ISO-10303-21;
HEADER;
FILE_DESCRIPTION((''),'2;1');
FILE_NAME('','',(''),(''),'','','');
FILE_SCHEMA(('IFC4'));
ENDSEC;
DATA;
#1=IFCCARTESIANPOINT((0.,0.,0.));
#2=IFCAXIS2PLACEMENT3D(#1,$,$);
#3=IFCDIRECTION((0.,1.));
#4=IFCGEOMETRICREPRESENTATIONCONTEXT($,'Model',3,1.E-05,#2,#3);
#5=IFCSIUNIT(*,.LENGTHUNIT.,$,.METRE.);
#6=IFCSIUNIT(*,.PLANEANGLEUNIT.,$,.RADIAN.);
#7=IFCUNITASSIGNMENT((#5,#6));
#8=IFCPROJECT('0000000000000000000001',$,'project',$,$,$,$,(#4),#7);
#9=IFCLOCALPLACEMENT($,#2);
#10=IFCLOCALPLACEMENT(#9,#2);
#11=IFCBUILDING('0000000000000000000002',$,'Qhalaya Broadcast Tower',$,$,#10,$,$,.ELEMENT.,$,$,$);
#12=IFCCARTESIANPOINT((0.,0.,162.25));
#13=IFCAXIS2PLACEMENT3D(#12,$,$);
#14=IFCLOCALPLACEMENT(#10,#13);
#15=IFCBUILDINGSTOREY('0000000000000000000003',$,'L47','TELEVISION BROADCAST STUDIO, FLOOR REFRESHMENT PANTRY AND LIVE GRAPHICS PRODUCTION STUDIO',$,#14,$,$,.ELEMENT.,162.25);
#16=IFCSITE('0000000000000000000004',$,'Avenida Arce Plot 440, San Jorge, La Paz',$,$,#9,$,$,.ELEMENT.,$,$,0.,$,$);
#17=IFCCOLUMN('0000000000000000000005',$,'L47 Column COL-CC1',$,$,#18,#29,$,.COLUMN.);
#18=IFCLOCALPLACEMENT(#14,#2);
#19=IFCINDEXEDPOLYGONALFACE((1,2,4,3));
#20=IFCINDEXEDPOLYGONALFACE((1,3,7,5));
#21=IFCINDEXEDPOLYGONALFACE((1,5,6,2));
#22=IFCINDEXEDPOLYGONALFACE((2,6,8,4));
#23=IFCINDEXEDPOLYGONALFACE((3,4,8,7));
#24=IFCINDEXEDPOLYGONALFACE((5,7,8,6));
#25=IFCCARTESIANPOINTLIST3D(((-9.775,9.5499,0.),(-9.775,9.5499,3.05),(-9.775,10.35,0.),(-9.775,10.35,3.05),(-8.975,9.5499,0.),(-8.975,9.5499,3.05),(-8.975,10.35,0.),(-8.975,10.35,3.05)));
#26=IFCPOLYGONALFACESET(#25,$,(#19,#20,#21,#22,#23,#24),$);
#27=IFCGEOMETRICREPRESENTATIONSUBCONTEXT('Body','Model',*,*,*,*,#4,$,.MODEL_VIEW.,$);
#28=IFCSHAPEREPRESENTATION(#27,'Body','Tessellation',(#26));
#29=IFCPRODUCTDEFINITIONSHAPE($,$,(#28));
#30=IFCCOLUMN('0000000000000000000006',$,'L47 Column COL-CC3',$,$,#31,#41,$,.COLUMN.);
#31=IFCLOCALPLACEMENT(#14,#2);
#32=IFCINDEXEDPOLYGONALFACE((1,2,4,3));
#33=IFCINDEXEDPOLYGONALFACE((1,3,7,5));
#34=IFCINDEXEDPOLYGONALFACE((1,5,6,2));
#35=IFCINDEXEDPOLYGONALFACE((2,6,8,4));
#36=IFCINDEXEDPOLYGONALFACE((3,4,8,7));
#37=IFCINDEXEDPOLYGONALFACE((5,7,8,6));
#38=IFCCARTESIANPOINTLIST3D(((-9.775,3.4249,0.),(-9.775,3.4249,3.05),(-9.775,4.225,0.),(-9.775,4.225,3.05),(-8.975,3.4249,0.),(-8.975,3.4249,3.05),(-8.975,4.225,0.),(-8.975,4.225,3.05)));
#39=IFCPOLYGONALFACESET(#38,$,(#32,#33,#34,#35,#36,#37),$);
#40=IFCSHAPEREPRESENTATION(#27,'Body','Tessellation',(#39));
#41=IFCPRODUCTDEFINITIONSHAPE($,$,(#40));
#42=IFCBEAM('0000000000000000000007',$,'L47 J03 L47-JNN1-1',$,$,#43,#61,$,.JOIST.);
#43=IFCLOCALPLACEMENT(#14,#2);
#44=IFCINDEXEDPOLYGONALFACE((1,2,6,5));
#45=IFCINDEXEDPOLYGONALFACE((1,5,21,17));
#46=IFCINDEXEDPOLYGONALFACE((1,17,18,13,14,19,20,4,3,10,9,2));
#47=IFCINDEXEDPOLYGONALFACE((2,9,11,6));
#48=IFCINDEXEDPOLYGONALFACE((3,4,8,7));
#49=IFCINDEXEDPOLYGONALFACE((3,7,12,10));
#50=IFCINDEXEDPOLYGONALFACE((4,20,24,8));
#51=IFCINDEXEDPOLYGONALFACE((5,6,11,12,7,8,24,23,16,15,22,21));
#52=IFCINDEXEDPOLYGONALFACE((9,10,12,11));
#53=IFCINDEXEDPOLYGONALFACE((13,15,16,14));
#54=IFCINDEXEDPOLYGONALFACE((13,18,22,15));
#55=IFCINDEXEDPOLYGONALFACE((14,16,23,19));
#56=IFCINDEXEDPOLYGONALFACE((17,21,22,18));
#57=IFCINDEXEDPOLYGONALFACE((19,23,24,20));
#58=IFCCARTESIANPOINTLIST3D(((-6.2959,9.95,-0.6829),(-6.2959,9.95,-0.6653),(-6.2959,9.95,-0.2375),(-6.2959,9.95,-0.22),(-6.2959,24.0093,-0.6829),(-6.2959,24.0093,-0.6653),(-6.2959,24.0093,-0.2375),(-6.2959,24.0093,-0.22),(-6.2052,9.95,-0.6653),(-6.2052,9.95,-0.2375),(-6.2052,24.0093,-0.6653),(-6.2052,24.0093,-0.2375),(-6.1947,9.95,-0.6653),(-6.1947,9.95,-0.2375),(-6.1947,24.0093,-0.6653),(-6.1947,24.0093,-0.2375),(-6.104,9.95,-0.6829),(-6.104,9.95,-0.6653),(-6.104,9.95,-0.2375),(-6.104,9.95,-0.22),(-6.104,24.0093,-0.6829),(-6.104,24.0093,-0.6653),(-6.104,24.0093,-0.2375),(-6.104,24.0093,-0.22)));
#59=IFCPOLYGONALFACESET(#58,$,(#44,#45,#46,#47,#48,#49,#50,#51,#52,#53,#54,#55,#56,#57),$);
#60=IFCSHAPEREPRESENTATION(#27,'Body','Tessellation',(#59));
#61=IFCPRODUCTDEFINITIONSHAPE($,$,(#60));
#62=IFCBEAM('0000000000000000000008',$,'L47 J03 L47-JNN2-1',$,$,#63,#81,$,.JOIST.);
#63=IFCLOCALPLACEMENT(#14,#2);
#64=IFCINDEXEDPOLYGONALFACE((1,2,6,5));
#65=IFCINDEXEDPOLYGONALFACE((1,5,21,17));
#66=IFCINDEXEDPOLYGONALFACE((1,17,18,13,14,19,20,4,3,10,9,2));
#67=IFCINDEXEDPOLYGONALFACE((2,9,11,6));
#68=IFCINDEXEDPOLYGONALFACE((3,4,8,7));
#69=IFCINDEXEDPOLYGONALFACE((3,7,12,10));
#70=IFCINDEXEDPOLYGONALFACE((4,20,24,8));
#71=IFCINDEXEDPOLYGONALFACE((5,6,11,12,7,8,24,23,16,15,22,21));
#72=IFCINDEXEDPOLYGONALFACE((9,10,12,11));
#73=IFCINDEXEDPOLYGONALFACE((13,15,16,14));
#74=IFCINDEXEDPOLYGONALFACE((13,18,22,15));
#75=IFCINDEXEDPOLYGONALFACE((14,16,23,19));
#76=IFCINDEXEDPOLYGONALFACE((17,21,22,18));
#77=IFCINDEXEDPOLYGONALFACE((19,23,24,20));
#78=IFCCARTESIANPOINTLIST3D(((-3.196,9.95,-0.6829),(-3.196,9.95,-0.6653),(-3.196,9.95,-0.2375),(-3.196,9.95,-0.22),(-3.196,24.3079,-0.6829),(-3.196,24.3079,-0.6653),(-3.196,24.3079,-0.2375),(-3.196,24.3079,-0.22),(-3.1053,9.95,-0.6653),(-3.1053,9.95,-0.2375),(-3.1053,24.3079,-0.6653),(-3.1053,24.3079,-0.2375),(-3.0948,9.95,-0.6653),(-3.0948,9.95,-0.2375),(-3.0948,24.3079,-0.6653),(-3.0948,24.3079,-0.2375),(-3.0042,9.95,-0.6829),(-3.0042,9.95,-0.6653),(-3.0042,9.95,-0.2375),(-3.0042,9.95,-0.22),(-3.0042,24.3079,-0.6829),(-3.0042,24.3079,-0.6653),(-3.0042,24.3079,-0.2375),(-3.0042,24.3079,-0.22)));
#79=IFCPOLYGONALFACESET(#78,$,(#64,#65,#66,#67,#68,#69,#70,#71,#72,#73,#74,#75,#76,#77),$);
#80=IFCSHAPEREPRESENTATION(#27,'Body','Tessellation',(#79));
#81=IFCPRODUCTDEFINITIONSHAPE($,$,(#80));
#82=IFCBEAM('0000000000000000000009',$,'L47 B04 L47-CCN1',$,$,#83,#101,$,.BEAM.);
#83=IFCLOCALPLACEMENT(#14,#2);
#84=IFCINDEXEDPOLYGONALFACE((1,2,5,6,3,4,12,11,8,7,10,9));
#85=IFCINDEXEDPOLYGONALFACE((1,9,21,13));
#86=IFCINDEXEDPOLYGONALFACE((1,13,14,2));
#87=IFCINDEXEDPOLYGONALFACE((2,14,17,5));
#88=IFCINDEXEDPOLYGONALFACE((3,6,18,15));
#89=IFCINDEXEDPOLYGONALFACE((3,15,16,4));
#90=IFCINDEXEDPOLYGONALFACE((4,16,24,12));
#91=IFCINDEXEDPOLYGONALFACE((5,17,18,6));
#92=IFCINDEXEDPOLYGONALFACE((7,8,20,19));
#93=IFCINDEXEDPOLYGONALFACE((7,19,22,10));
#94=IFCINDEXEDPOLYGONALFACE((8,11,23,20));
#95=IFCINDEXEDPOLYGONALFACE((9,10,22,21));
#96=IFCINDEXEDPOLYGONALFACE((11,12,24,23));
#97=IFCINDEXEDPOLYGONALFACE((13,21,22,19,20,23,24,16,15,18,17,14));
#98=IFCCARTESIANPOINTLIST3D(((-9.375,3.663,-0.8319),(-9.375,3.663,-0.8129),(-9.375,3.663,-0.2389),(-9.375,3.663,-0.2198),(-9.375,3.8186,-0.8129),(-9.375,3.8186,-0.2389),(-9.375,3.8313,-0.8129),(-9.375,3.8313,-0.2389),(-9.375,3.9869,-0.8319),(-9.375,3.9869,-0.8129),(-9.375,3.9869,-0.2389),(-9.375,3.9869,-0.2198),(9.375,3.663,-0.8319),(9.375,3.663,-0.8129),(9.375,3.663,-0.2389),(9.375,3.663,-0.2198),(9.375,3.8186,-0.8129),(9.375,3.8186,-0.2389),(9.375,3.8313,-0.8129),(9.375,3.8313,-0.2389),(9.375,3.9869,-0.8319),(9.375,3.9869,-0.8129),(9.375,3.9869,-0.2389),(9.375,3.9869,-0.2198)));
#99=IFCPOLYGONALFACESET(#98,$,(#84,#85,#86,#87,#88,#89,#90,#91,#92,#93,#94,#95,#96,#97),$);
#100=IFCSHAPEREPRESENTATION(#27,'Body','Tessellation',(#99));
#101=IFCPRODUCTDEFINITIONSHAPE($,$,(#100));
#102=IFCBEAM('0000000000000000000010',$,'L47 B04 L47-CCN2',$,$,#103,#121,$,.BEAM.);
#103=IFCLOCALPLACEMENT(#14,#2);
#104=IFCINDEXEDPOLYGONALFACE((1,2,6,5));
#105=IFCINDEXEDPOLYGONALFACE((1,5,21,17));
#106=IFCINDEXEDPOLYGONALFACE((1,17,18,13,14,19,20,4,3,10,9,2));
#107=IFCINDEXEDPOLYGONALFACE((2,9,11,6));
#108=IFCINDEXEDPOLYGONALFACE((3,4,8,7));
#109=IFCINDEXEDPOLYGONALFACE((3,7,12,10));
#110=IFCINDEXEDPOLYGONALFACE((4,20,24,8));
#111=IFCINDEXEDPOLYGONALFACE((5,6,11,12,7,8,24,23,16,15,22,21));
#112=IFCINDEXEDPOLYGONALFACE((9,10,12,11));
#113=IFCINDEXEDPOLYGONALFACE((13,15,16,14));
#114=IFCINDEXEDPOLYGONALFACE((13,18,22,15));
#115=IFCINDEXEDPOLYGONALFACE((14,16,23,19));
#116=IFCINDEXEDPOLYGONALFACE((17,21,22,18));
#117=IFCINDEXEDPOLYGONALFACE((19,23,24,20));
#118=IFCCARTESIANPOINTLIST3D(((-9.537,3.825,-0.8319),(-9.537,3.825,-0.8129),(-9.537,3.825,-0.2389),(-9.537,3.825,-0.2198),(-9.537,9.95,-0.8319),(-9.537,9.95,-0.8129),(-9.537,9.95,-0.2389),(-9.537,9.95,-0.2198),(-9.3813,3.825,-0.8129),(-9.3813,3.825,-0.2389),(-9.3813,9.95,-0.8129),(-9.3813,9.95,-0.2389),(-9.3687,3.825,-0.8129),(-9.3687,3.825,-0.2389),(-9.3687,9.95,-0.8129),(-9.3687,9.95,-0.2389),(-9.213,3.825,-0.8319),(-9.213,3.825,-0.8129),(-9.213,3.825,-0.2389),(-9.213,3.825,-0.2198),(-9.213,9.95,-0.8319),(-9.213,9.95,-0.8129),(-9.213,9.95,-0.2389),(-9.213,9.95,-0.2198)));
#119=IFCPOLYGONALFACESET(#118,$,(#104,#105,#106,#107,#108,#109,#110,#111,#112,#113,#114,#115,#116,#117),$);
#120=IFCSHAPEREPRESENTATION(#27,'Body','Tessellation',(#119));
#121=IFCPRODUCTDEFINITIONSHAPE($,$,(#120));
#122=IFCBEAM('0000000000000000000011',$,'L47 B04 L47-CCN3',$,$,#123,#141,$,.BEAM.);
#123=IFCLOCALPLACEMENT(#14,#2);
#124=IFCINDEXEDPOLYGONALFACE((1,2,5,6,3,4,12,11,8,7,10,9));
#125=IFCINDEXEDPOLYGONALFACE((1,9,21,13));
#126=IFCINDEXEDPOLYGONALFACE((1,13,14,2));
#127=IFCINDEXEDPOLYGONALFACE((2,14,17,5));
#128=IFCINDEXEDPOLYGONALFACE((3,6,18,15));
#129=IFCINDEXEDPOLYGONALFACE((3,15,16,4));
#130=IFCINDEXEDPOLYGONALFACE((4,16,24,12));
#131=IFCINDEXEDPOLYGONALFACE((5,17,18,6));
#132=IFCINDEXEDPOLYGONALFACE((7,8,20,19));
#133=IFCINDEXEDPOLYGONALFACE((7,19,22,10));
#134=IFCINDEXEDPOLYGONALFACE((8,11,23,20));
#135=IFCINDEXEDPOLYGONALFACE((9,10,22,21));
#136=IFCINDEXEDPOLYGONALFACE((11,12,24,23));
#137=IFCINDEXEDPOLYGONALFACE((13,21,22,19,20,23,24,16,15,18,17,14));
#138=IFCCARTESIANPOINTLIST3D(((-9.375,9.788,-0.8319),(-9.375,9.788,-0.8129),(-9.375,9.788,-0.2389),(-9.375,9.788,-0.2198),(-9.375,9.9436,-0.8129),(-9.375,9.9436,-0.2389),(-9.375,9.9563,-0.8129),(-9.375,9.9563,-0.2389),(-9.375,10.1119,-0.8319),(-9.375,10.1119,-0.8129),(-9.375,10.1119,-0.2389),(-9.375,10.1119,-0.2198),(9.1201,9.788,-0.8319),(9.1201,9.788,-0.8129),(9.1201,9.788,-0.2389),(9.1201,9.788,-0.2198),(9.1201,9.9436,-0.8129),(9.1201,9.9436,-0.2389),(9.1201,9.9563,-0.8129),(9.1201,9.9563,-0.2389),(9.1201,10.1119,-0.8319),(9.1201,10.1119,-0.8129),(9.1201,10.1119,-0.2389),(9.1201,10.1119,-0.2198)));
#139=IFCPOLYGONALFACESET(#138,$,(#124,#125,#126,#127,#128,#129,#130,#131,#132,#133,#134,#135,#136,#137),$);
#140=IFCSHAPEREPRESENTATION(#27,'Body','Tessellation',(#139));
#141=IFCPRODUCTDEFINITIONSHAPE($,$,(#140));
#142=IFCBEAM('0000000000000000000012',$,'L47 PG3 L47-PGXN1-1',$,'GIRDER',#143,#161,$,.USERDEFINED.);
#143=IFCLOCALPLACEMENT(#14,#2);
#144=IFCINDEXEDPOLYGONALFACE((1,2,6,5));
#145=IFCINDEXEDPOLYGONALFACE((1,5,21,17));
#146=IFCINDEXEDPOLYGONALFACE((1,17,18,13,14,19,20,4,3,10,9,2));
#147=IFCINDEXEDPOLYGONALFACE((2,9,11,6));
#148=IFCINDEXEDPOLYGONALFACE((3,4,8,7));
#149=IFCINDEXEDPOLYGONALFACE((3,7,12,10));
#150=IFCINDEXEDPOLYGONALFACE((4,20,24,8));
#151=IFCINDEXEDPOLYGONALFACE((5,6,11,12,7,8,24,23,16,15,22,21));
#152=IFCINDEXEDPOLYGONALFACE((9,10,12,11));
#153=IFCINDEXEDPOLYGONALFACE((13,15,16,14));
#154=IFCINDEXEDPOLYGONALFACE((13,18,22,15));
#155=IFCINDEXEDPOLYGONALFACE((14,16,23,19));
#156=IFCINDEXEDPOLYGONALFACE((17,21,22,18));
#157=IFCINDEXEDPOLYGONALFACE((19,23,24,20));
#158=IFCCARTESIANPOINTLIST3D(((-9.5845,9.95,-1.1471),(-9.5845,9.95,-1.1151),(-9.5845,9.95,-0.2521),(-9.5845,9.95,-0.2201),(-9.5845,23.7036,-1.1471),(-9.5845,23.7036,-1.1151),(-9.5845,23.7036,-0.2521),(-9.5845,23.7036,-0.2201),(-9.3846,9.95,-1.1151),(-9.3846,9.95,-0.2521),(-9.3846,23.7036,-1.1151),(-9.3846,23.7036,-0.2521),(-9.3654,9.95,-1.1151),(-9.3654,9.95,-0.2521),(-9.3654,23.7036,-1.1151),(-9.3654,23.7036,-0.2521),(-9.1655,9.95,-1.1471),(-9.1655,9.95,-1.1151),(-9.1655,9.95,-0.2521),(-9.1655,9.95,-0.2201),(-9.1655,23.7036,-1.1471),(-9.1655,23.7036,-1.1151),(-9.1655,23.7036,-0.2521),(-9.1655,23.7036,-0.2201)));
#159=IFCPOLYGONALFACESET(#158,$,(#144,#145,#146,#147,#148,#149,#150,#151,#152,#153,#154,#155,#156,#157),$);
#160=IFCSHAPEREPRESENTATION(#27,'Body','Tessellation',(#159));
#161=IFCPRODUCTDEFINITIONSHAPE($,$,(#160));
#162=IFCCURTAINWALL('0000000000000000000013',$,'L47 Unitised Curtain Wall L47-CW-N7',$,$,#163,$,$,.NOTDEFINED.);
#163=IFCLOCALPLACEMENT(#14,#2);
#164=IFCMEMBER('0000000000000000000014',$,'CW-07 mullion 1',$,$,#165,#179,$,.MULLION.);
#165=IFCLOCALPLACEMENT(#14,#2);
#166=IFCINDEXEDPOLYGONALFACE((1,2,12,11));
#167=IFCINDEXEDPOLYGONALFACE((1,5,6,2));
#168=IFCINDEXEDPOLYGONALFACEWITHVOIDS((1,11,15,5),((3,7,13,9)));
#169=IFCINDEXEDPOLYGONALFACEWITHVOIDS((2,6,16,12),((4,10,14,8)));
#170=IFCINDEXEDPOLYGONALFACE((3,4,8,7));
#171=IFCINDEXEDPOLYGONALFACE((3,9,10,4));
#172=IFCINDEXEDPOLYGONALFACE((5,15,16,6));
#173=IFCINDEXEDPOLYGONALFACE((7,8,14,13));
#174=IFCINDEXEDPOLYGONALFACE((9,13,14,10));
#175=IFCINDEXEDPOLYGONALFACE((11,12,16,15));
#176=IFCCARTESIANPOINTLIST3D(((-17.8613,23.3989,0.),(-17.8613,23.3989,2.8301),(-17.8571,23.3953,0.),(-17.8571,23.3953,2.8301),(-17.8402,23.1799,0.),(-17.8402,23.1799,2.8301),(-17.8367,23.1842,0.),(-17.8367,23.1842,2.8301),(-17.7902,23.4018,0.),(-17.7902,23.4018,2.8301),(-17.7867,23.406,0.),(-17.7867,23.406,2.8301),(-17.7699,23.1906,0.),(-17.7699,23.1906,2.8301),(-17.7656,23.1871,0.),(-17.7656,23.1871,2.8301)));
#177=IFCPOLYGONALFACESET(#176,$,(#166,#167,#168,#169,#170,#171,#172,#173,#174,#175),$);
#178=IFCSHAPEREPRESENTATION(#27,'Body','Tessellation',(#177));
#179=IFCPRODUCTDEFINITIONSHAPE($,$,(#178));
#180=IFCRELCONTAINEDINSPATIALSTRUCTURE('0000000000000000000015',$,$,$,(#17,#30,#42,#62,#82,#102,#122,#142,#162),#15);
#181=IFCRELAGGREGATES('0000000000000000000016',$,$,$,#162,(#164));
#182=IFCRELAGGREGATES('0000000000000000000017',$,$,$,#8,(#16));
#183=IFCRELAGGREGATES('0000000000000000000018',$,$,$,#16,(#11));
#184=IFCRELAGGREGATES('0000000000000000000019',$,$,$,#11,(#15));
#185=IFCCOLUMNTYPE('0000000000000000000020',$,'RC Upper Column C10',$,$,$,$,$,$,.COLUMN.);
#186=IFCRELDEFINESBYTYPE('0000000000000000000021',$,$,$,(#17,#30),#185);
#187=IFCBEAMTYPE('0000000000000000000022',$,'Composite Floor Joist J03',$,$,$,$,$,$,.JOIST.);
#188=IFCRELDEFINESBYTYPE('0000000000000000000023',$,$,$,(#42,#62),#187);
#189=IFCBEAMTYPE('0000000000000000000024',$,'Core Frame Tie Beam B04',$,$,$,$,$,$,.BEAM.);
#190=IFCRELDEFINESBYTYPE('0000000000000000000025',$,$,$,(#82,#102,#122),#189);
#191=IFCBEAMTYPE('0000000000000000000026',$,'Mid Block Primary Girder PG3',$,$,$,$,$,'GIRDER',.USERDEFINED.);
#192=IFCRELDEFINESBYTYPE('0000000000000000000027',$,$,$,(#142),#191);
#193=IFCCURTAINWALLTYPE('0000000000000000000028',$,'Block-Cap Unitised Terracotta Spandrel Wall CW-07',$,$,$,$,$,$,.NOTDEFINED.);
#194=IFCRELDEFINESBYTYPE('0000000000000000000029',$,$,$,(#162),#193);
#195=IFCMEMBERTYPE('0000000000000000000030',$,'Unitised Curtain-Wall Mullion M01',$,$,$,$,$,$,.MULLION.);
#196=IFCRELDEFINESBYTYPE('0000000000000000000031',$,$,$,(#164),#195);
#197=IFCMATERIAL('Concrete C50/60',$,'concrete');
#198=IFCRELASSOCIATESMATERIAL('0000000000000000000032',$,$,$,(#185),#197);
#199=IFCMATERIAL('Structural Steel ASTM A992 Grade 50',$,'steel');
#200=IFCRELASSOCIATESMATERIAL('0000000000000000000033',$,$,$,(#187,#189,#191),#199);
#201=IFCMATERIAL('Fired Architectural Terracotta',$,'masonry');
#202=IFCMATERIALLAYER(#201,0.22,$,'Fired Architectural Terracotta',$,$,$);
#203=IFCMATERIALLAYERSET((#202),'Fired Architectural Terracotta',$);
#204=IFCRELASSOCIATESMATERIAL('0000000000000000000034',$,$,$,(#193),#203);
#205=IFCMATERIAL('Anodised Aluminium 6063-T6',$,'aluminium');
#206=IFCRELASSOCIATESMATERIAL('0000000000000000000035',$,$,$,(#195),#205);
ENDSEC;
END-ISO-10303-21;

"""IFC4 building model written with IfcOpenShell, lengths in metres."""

from ifc_helpers import new_model, si_unit, direction, frame, origin, origin_2d, place, context, subcontext, project, spatial, rectangle, hollow_rectangle, i_section, extrude, material, layer, layer_set, material_profile, profile_set, type_object, element, aggregate, save


model = new_model("IFC4")

# Units and contexts
model_context = context("Model", 3, precision=1e-05, world=origin(), true_north=direction((0.0, 1.0)))
body_context = subcontext(model_context, "Body", "Model", "MODEL_VIEW")
ifc_project = project(units=[si_unit("LENGTHUNIT", "METRE"), si_unit("PLANEANGLEUNIT", "RADIAN")], contexts=[model_context])

# Site, building, storey
site_placement = place(None, origin())
site = spatial("IfcSite", under=ifc_project, at=site_placement, Name="Avenida Arce Plot 440, San Jorge, La Paz", CompositionType="ELEMENT", RefElevation=0.0)
building_placement = place(site_placement, origin())
building = spatial("IfcBuilding", under=site, at=building_placement, Name="Qhalaya Broadcast Tower", CompositionType="ELEMENT")
storey_placement = place(building_placement, frame((0.0, 0.0, 162.25)))
storey = spatial("IfcBuildingStorey", under=building, at=storey_placement, Name="L47", Description="TELEVISION BROADCAST STUDIO, FLOOR REFRESHMENT PANTRY AND LIVE GRAPHICS PRODUCTION STUDIO", CompositionType="ELEMENT", Elevation=162.25)

# Columns
ifc_material_1 = material(Name="Concrete C50/60", Category="concrete")
ifc_material_profile_1 = material_profile(ifc_material_1, rectangle(XDim=0.8, YDim=0.8, at=origin_2d()), Name="RC-COL 800x800")
ifc_profile_set_1 = profile_set([ifc_material_profile_1], Name="Concrete C50/60")
column_type = type_object("IfcColumnType", Name="RC Upper Column C10", PredefinedType="COLUMN", material=ifc_profile_set_1)
for number, where, z_axis, x_axis, name in (
    (1, (-9.375, 9.95, 0.0), (0.0, 0.0, 1.0), (1.0, 0.0, 0.0), "L47 Column COL-CC1"),
    (2, (-9.375, 3.825, 0.0), (0.0, 0.0, 1.0), (1.0, 0.0, 0.0), "L47 Column COL-CC3"),
):
    element("IfcColumn", number, at=place(storey_placement, frame(where, z_axis=z_axis, x_axis=x_axis)), inside=storey, type_object=column_type, Name=name, PredefinedType="COLUMN", context=body_context, shape_type="SweptSolid", body=[
        extrude(rectangle(XDim=0.8, YDim=0.8, at=origin_2d()), origin(), (0.0, 0.0, 1.0), 3.05),
    ])

# Beams
ifc_material_2 = material(Name="Structural Steel ASTM A992 Grade 50", Category="steel")
ifc_material_profile_2 = material_profile(ifc_material_2, i_section(OverallWidth=0.1919, OverallDepth=0.4629, WebThickness=0.0105, FlangeThickness=0.0176, at=origin_2d()), Name="W18X60")
ifc_profile_set_2 = profile_set([ifc_material_profile_2], Name="Structural Steel ASTM A992 Grade 50")
beam_type_1 = type_object("IfcBeamType", Name="Composite Floor Joist J03", PredefinedType="JOIST", material=ifc_profile_set_2)
beam_1_placement = place(storey_placement, frame((-6.2, 9.95, -0.4514), z_axis=(0.0, 1.0, 0.0), x_axis=(-1.0, 0.0, 0.0)))
element("IfcBeam", 3, at=beam_1_placement, inside=storey, type_object=beam_type_1, Name="L47 J03 L47-JNN1-1", PredefinedType="JOIST", context=body_context, shape_type="SweptSolid", body=[
    extrude(i_section(OverallWidth=0.1919, OverallDepth=0.4629, WebThickness=0.0105, FlangeThickness=0.0176, at=origin_2d()), origin(), (0.0, 0.0, 1.0), 14.0593),
])
beam_2_placement = place(storey_placement, frame((-3.1001, 9.95, -0.4514), z_axis=(0.0, 1.0, 0.0), x_axis=(-1.0, 0.0, 0.0)))
element("IfcBeam", 4, at=beam_2_placement, inside=storey, type_object=beam_type_1, Name="L47 J03 L47-JNN2-1", PredefinedType="JOIST", context=body_context, shape_type="SweptSolid", body=[
    extrude(i_section(OverallWidth=0.1919, OverallDepth=0.4629, WebThickness=0.0105, FlangeThickness=0.0176, at=origin_2d()), origin(), (0.0, 0.0, 1.0), 14.3579),
])
ifc_material_profile_3 = material_profile(ifc_material_2, i_section(OverallWidth=0.324, OverallDepth=0.6121, WebThickness=0.0127, FlangeThickness=0.019, at=origin_2d()), Name="W24X104")
ifc_profile_set_3 = profile_set([ifc_material_profile_3], Name="Structural Steel ASTM A992 Grade 50")
beam_type_2 = type_object("IfcBeamType", Name="Core Frame Tie Beam B04", PredefinedType="BEAM", material=ifc_profile_set_3)
beam_3_placement = place(storey_placement, frame((-9.375, 3.825, -0.5259), z_axis=(1.0, 0.0, 0.0), x_axis=(0.0, 1.0, 0.0)))
element("IfcBeam", 5, at=beam_3_placement, inside=storey, type_object=beam_type_2, Name="L47 B04 L47-CCN1", PredefinedType="BEAM", context=body_context, shape_type="SweptSolid", body=[
    extrude(i_section(OverallWidth=0.324, OverallDepth=0.6121, WebThickness=0.0127, FlangeThickness=0.019, at=origin_2d()), origin(), (0.0, 0.0, 1.0), 18.75),
])
beam_4_placement = place(storey_placement, frame((-9.375, 3.825, -0.5259), z_axis=(0.0, 1.0, 0.0), x_axis=(-1.0, 0.0, 0.0)))
element("IfcBeam", 6, at=beam_4_placement, inside=storey, type_object=beam_type_2, Name="L47 B04 L47-CCN2", PredefinedType="BEAM", context=body_context, shape_type="SweptSolid", body=[
    extrude(i_section(OverallWidth=0.324, OverallDepth=0.6121, WebThickness=0.0127, FlangeThickness=0.019, at=origin_2d()), origin(), (0.0, 0.0, 1.0), 6.125),
])
beam_5_placement = place(storey_placement, frame((-9.375, 9.95, -0.5259), z_axis=(1.0, 0.0, 0.0), x_axis=(0.0, 1.0, 0.0)))
element("IfcBeam", 7, at=beam_5_placement, inside=storey, type_object=beam_type_2, Name="L47 B04 L47-CCN3", PredefinedType="BEAM", context=body_context, shape_type="SweptSolid", body=[
    extrude(i_section(OverallWidth=0.324, OverallDepth=0.6121, WebThickness=0.0127, FlangeThickness=0.019, at=origin_2d()), origin(), (0.0, 0.0, 1.0), 18.4951),
])
ifc_material_profile_4 = material_profile(ifc_material_2, i_section(OverallWidth=0.4189, OverallDepth=0.927, WebThickness=0.0193, FlangeThickness=0.032, at=origin_2d()), Name="W36X231")
ifc_profile_set_4 = profile_set([ifc_material_profile_4], Name="Structural Steel ASTM A992 Grade 50")
beam_type_3 = type_object("IfcBeamType", Name="Mid Block Primary Girder PG3", ElementType="GIRDER", PredefinedType="USERDEFINED", material=ifc_profile_set_4)
beam_6_placement = place(storey_placement, frame((-9.375, 9.95, -0.6836), z_axis=(0.0, 1.0, 0.0), x_axis=(-1.0, 0.0, 0.0)))
element("IfcBeam", 8, at=beam_6_placement, inside=storey, type_object=beam_type_3, Name="L47 PG3 L47-PGXN1-1", ObjectType="GIRDER", PredefinedType="USERDEFINED", context=body_context, shape_type="SweptSolid", body=[
    extrude(i_section(OverallWidth=0.4189, OverallDepth=0.927, WebThickness=0.0193, FlangeThickness=0.032, at=origin_2d()), origin(), (0.0, 0.0, 1.0), 13.7537),
])

# Curtain wall, member
ifc_material_3 = material(Name="Fired Architectural Terracotta", Category="masonry")
ifc_layer_1 = layer(ifc_material_3, 0.22, Name="Fired Architectural Terracotta")
ifc_layer_set_1 = layer_set([ifc_layer_1], Name="Fired Architectural Terracotta")
curtain_wall_type = type_object("IfcCurtainWallType", Name="Block-Cap Unitised Terracotta Spandrel Wall CW-07", PredefinedType="NOTDEFINED", material=ifc_layer_set_1)
curtain_wall_placement = place(storey_placement, origin())
curtain_wall = element("IfcCurtainWall", 9, at=curtain_wall_placement, inside=storey, type_object=curtain_wall_type, Name="L47 Unitised Curtain Wall L47-CW-N7", PredefinedType="NOTDEFINED")
ifc_material_4 = material(Name="Anodised Aluminium 6063-T6", Category="aluminium")
ifc_material_profile_5 = material_profile(ifc_material_4, hollow_rectangle(XDim=0.075, YDim=0.22, WallThickness=0.0039, at=origin_2d()), Name="ALU-MUL 75x220x4")
ifc_profile_set_5 = profile_set([ifc_material_profile_5], Name="Anodised Aluminium 6063-T6")
member_type = type_object("IfcMemberType", Name="Unitised Curtain-Wall Mullion M01", PredefinedType="MULLION", material=ifc_profile_set_5)
member_placement = place(storey_placement, frame((-17.8135, 23.293, 0.0), z_axis=(0.0, 0.0, 1.0), x_axis=(-0.995396, -0.095847, 0.0)))
member = element("IfcMember", 10, at=member_placement, type_object=member_type, Name="CW-07 mullion 1", PredefinedType="MULLION", context=body_context, shape_type="SweptSolid", body=[
    extrude(hollow_rectangle(XDim=0.075, YDim=0.22, WallThickness=0.0039, at=origin_2d()), origin(), (0.0, 0.0, 1.0), 2.8301),
])
aggregate(curtain_wall, [member])

save(model, "model.ifc")
